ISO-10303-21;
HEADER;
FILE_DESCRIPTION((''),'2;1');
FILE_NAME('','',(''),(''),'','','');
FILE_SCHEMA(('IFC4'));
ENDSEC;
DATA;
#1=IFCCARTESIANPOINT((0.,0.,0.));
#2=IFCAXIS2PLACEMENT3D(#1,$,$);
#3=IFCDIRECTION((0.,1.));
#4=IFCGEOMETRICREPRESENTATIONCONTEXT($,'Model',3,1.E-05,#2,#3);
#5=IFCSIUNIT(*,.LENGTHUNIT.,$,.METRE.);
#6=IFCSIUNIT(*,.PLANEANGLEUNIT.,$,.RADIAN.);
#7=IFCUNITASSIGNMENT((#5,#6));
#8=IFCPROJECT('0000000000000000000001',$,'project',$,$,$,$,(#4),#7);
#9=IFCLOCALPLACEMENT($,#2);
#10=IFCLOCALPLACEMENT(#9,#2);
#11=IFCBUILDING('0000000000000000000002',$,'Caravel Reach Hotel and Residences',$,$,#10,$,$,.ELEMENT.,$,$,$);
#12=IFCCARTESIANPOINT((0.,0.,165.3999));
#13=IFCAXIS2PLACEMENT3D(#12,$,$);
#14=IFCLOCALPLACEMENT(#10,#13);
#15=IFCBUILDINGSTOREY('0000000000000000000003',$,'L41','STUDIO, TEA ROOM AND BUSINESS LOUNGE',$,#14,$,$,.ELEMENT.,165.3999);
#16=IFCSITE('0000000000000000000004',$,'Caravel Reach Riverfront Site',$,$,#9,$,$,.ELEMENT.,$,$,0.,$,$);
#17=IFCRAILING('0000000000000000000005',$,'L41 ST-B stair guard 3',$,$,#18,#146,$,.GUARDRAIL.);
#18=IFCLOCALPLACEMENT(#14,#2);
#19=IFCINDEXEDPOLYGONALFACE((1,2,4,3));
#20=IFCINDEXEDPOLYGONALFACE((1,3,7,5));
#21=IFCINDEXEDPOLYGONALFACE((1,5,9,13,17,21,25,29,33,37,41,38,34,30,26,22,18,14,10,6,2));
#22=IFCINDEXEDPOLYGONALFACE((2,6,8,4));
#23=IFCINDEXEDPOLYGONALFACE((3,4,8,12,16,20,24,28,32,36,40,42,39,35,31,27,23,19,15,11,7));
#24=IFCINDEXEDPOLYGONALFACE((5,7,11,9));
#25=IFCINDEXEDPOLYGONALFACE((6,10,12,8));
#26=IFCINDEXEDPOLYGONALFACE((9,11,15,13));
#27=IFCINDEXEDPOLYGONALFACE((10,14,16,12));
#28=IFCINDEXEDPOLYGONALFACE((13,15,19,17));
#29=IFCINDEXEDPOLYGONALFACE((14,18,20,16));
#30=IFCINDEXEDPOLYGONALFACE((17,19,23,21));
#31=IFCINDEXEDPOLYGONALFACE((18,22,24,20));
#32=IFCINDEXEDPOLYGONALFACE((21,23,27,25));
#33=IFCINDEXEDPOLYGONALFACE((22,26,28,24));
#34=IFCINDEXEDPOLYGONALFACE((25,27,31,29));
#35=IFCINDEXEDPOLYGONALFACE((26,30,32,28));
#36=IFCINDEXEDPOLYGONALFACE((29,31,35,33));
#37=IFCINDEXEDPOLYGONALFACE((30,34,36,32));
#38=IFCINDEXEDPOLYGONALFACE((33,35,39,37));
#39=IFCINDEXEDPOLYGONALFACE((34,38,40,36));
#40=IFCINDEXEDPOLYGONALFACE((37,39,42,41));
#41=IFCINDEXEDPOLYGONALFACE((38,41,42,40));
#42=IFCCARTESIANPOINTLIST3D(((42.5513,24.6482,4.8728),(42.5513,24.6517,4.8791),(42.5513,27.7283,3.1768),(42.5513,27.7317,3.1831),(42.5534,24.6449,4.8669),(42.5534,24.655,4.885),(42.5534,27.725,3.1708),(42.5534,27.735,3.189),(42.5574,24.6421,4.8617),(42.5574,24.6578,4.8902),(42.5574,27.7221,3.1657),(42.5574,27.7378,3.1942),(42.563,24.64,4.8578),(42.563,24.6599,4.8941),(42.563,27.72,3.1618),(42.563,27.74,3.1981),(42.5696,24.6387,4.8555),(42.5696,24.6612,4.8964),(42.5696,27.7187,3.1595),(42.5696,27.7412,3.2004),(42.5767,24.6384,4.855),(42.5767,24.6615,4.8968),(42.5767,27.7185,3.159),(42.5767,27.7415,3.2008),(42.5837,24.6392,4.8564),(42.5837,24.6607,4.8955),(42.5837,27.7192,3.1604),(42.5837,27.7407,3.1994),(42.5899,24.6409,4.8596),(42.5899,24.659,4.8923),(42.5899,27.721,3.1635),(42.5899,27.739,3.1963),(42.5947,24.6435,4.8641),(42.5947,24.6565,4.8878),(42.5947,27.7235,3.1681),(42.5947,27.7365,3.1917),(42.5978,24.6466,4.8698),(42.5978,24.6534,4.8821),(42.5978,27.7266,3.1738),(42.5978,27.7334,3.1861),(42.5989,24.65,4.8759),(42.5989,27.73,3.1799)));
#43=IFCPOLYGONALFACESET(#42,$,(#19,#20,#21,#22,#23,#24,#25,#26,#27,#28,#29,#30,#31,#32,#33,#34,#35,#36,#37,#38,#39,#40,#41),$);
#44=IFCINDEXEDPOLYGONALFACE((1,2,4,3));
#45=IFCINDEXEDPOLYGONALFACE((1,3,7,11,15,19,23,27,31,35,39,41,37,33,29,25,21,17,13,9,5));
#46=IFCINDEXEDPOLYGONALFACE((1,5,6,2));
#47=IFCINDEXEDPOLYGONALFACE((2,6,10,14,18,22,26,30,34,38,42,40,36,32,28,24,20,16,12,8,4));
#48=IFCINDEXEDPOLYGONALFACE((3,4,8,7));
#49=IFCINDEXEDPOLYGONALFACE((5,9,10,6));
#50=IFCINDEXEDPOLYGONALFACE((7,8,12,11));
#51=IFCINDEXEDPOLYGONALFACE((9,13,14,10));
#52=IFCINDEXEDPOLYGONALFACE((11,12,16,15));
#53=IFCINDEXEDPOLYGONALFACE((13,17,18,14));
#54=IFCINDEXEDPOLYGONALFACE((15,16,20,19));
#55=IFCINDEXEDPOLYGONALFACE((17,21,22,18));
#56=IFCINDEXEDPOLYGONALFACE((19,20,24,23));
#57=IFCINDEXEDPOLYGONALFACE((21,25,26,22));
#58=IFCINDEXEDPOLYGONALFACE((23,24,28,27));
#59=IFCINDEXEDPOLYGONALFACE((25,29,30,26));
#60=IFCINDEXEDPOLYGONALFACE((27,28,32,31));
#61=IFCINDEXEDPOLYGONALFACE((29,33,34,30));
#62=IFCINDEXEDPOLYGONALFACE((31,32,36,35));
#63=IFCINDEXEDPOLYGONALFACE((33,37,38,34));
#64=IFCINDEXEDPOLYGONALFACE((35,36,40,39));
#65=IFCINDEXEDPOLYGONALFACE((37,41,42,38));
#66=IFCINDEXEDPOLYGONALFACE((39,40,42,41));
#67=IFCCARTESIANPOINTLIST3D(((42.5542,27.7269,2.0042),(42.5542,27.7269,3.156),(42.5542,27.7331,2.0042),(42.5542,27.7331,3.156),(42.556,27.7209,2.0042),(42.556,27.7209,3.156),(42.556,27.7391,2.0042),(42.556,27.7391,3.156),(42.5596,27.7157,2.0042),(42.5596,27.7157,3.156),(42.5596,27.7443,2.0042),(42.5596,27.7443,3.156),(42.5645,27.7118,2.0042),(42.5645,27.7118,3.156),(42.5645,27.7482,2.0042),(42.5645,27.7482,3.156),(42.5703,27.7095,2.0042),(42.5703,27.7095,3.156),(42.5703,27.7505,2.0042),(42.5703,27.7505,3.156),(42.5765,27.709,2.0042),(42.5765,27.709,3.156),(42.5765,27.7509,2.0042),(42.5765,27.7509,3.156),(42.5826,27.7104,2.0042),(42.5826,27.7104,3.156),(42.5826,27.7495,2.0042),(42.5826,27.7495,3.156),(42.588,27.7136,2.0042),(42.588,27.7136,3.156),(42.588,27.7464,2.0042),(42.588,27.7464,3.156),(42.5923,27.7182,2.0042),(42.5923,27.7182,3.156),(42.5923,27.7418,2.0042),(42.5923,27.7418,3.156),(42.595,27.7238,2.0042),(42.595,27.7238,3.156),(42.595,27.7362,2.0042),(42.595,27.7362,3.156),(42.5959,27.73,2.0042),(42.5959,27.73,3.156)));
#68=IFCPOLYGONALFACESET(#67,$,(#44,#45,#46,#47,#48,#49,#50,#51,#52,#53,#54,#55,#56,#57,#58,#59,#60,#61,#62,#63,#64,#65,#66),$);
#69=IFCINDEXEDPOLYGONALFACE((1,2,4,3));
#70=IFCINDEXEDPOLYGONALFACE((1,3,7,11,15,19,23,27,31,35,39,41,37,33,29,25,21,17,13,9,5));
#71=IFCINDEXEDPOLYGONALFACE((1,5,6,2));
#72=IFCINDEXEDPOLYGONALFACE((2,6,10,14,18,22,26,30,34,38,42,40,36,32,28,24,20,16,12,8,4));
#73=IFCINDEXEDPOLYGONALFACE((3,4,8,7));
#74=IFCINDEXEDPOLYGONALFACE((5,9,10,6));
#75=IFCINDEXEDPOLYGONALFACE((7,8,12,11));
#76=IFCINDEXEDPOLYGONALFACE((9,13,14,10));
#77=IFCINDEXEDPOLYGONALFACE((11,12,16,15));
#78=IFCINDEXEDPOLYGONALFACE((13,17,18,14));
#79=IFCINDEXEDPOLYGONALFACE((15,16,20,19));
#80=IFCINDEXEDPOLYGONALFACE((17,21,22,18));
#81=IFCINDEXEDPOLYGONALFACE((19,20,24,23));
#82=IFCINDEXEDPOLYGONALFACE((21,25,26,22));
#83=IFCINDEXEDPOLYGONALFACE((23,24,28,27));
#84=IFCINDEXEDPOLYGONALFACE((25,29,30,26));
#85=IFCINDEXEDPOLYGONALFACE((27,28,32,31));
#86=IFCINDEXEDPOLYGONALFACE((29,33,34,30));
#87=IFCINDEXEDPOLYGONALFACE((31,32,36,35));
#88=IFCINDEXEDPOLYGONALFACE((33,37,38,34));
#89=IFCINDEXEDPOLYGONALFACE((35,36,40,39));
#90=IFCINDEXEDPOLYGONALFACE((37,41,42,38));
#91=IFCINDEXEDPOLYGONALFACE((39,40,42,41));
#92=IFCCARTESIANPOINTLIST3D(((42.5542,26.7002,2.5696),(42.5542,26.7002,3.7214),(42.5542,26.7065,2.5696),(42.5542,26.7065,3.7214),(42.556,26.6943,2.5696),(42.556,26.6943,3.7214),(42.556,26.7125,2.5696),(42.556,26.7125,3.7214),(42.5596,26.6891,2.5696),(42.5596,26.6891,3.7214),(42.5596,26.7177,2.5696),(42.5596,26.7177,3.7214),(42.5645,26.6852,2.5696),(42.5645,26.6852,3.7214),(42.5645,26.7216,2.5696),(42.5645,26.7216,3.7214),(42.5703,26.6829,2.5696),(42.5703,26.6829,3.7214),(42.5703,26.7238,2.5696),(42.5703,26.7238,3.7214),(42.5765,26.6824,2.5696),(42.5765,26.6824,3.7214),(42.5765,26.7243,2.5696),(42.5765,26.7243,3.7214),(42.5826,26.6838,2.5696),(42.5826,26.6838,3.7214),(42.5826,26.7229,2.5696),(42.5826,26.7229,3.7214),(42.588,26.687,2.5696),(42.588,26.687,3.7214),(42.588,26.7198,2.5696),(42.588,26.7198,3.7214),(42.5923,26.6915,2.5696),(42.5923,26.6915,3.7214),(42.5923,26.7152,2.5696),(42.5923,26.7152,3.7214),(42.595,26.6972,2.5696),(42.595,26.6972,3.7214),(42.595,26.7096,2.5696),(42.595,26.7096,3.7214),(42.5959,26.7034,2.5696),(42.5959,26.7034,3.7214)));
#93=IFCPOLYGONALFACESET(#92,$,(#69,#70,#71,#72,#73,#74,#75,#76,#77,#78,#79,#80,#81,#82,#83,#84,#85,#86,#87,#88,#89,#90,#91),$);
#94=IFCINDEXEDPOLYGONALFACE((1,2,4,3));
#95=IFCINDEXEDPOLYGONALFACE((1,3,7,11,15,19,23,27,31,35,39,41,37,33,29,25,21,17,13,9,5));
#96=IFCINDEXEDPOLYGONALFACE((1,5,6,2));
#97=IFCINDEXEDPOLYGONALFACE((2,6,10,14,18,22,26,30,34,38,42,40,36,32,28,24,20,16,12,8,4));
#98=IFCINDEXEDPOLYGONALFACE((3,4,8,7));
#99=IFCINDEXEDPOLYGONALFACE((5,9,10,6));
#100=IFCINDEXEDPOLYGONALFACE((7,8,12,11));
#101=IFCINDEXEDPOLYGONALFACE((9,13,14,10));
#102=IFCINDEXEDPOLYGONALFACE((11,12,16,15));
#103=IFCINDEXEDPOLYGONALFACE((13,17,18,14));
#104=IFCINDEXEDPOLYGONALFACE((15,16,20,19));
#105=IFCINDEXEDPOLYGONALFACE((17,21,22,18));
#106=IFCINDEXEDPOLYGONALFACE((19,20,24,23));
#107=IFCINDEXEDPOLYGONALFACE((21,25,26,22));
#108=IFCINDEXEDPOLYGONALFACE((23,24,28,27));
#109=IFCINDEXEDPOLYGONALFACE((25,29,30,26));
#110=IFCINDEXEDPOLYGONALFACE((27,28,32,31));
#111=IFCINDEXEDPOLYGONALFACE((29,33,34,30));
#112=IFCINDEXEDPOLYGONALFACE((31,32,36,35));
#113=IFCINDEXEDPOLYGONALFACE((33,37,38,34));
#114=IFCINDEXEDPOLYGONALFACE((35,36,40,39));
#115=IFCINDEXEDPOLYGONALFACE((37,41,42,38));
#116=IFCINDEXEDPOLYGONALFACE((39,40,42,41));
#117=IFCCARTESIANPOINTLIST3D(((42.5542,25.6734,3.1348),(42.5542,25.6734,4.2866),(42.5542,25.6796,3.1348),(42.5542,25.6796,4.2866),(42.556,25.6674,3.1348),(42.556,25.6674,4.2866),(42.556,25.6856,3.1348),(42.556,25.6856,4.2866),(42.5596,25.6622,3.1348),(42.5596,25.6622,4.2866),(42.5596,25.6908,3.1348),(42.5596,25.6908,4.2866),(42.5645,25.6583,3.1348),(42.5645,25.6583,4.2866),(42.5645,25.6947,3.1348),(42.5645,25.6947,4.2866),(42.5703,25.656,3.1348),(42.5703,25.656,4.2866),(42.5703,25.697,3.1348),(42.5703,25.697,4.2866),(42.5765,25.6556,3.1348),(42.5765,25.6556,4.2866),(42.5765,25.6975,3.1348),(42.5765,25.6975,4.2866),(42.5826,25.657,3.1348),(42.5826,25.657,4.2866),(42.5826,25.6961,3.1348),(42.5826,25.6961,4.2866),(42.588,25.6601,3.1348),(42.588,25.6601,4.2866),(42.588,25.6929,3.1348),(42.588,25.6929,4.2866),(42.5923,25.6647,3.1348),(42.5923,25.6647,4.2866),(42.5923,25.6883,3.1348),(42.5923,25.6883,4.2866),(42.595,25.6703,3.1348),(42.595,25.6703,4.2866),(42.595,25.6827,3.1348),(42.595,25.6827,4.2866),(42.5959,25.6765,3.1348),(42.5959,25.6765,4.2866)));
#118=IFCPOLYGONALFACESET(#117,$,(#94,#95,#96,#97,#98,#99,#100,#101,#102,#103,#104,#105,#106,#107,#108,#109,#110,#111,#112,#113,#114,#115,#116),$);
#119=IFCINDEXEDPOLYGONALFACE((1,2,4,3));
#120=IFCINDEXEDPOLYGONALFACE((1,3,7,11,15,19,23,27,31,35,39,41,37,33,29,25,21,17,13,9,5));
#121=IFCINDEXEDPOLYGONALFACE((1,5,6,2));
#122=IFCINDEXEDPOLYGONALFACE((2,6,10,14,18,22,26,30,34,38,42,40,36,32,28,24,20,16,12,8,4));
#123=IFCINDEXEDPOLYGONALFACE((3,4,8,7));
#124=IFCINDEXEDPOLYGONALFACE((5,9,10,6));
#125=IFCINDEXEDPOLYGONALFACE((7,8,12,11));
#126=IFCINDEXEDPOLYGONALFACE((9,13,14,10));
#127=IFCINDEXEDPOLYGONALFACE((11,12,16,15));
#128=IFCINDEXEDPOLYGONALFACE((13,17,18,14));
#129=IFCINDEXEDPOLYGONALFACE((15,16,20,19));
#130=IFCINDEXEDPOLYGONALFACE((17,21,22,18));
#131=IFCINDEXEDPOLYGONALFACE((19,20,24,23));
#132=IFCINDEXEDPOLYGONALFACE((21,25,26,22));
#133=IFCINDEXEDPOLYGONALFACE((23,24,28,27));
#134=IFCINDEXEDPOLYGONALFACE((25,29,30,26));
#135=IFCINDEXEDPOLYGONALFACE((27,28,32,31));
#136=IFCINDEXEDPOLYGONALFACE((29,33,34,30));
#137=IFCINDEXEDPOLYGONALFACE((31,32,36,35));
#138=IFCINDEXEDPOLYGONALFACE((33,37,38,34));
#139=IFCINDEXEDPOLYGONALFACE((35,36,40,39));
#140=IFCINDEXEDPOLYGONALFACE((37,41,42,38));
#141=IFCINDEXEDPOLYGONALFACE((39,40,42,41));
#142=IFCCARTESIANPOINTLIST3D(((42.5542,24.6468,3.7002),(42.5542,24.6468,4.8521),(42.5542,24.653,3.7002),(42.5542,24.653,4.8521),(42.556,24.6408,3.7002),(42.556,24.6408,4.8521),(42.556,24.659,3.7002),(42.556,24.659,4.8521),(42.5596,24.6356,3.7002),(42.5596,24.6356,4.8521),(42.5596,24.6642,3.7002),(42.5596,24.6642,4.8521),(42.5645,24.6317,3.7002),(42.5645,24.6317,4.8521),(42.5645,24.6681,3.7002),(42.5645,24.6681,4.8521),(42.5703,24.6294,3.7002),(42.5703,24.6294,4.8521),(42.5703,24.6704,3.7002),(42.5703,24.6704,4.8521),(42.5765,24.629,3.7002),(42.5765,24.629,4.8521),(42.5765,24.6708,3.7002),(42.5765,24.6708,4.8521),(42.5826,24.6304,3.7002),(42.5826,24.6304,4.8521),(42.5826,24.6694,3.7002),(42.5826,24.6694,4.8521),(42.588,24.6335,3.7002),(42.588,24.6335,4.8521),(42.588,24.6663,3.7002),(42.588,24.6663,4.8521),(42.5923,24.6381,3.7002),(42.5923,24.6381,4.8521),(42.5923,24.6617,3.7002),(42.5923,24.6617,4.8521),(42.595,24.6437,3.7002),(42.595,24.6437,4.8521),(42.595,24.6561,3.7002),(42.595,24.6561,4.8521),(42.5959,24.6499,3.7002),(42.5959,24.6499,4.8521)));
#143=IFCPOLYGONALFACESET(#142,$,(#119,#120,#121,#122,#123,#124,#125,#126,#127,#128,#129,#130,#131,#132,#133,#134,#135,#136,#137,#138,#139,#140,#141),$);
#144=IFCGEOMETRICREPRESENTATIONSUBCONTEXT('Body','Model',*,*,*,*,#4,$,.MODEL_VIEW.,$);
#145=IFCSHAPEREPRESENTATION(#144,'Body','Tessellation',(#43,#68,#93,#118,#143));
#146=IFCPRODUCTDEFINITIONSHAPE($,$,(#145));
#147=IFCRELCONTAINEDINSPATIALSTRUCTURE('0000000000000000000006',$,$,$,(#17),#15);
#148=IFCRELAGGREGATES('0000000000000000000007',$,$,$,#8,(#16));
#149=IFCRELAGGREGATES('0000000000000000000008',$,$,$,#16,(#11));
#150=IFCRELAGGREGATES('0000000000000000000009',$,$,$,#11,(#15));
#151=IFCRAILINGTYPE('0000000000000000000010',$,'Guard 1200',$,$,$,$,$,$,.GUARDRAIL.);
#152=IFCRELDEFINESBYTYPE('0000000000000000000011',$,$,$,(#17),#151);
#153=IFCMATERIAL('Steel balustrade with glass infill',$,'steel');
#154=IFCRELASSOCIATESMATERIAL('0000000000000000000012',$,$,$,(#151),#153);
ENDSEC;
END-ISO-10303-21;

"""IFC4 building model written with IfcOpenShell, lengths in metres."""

from ifc_helpers import new_model, si_unit, direction, frame, origin, origin_2d, place, context, subcontext, project, spatial, circle, extrude, material, type_object, element, save


model = new_model("IFC4")

# Units and contexts
model_context = context("Model", 3, precision=1e-05, world=origin(), true_north=direction((0.0, 1.0)))
body_context = subcontext(model_context, "Body", "Model", "MODEL_VIEW")
ifc_project = project(units=[si_unit("LENGTHUNIT", "METRE"), si_unit("PLANEANGLEUNIT", "RADIAN")], contexts=[model_context])

# Site, building, storey
site_placement = place(None, origin())
site = spatial("IfcSite", under=ifc_project, at=site_placement, Name="Caravel Reach Riverfront Site", CompositionType="ELEMENT", RefElevation=0.0)
building_placement = place(site_placement, origin())
building = spatial("IfcBuilding", under=site, at=building_placement, Name="Caravel Reach Hotel and Residences", CompositionType="ELEMENT")
storey_placement = place(building_placement, frame((0.0, 0.0, 165.3999)))
storey = spatial("IfcBuildingStorey", under=building, at=storey_placement, Name="L41", Description="STUDIO, TEA ROOM AND BUSINESS LOUNGE", CompositionType="ELEMENT", Elevation=165.3999)

# Railing
ifc_material_1 = material(Name="Steel balustrade with glass infill", Category="steel")
railing_type_1 = type_object("IfcRailingType", Name="Guard 1200", PredefinedType="GUARDRAIL", material=ifc_material_1)
railing_1_placement = place(storey_placement, frame((42.575, 27.73, 2.0042)))
element("IfcRailing", 1, at=railing_1_placement, inside=storey, type_object=railing_type_1, Name="L41 ST-B stair guard 3", PredefinedType="GUARDRAIL", context=body_context, shape_type="SweptSolid", body=[
    extrude(circle(Radius=0.0239, at=origin_2d()), frame((0.0, 0.0, 1.1758), z_axis=(0.0, -0.875975, 0.482356), x_axis=(1.0, 0.0, 0.0)), (0.0, 0.0, 1.0), 3.5161),
    extrude(circle(Radius=0.021, at=origin_2d()), origin(), (0.0, 0.0, 1.0), 1.1519),
    extrude(circle(Radius=0.021, at=origin_2d()), frame((0.0, -1.0266, 0.5654)), (0.0, 0.0, 1.0), 1.1519),
    extrude(circle(Radius=0.021, at=origin_2d()), frame((0.0, -2.0535, 1.1306)), (0.0, 0.0, 1.0), 1.1519),
    extrude(circle(Radius=0.021, at=origin_2d()), frame((0.0, -3.0801, 1.696)), (0.0, 0.0, 1.0), 1.1519),
])

save(model, "model.ifc")
